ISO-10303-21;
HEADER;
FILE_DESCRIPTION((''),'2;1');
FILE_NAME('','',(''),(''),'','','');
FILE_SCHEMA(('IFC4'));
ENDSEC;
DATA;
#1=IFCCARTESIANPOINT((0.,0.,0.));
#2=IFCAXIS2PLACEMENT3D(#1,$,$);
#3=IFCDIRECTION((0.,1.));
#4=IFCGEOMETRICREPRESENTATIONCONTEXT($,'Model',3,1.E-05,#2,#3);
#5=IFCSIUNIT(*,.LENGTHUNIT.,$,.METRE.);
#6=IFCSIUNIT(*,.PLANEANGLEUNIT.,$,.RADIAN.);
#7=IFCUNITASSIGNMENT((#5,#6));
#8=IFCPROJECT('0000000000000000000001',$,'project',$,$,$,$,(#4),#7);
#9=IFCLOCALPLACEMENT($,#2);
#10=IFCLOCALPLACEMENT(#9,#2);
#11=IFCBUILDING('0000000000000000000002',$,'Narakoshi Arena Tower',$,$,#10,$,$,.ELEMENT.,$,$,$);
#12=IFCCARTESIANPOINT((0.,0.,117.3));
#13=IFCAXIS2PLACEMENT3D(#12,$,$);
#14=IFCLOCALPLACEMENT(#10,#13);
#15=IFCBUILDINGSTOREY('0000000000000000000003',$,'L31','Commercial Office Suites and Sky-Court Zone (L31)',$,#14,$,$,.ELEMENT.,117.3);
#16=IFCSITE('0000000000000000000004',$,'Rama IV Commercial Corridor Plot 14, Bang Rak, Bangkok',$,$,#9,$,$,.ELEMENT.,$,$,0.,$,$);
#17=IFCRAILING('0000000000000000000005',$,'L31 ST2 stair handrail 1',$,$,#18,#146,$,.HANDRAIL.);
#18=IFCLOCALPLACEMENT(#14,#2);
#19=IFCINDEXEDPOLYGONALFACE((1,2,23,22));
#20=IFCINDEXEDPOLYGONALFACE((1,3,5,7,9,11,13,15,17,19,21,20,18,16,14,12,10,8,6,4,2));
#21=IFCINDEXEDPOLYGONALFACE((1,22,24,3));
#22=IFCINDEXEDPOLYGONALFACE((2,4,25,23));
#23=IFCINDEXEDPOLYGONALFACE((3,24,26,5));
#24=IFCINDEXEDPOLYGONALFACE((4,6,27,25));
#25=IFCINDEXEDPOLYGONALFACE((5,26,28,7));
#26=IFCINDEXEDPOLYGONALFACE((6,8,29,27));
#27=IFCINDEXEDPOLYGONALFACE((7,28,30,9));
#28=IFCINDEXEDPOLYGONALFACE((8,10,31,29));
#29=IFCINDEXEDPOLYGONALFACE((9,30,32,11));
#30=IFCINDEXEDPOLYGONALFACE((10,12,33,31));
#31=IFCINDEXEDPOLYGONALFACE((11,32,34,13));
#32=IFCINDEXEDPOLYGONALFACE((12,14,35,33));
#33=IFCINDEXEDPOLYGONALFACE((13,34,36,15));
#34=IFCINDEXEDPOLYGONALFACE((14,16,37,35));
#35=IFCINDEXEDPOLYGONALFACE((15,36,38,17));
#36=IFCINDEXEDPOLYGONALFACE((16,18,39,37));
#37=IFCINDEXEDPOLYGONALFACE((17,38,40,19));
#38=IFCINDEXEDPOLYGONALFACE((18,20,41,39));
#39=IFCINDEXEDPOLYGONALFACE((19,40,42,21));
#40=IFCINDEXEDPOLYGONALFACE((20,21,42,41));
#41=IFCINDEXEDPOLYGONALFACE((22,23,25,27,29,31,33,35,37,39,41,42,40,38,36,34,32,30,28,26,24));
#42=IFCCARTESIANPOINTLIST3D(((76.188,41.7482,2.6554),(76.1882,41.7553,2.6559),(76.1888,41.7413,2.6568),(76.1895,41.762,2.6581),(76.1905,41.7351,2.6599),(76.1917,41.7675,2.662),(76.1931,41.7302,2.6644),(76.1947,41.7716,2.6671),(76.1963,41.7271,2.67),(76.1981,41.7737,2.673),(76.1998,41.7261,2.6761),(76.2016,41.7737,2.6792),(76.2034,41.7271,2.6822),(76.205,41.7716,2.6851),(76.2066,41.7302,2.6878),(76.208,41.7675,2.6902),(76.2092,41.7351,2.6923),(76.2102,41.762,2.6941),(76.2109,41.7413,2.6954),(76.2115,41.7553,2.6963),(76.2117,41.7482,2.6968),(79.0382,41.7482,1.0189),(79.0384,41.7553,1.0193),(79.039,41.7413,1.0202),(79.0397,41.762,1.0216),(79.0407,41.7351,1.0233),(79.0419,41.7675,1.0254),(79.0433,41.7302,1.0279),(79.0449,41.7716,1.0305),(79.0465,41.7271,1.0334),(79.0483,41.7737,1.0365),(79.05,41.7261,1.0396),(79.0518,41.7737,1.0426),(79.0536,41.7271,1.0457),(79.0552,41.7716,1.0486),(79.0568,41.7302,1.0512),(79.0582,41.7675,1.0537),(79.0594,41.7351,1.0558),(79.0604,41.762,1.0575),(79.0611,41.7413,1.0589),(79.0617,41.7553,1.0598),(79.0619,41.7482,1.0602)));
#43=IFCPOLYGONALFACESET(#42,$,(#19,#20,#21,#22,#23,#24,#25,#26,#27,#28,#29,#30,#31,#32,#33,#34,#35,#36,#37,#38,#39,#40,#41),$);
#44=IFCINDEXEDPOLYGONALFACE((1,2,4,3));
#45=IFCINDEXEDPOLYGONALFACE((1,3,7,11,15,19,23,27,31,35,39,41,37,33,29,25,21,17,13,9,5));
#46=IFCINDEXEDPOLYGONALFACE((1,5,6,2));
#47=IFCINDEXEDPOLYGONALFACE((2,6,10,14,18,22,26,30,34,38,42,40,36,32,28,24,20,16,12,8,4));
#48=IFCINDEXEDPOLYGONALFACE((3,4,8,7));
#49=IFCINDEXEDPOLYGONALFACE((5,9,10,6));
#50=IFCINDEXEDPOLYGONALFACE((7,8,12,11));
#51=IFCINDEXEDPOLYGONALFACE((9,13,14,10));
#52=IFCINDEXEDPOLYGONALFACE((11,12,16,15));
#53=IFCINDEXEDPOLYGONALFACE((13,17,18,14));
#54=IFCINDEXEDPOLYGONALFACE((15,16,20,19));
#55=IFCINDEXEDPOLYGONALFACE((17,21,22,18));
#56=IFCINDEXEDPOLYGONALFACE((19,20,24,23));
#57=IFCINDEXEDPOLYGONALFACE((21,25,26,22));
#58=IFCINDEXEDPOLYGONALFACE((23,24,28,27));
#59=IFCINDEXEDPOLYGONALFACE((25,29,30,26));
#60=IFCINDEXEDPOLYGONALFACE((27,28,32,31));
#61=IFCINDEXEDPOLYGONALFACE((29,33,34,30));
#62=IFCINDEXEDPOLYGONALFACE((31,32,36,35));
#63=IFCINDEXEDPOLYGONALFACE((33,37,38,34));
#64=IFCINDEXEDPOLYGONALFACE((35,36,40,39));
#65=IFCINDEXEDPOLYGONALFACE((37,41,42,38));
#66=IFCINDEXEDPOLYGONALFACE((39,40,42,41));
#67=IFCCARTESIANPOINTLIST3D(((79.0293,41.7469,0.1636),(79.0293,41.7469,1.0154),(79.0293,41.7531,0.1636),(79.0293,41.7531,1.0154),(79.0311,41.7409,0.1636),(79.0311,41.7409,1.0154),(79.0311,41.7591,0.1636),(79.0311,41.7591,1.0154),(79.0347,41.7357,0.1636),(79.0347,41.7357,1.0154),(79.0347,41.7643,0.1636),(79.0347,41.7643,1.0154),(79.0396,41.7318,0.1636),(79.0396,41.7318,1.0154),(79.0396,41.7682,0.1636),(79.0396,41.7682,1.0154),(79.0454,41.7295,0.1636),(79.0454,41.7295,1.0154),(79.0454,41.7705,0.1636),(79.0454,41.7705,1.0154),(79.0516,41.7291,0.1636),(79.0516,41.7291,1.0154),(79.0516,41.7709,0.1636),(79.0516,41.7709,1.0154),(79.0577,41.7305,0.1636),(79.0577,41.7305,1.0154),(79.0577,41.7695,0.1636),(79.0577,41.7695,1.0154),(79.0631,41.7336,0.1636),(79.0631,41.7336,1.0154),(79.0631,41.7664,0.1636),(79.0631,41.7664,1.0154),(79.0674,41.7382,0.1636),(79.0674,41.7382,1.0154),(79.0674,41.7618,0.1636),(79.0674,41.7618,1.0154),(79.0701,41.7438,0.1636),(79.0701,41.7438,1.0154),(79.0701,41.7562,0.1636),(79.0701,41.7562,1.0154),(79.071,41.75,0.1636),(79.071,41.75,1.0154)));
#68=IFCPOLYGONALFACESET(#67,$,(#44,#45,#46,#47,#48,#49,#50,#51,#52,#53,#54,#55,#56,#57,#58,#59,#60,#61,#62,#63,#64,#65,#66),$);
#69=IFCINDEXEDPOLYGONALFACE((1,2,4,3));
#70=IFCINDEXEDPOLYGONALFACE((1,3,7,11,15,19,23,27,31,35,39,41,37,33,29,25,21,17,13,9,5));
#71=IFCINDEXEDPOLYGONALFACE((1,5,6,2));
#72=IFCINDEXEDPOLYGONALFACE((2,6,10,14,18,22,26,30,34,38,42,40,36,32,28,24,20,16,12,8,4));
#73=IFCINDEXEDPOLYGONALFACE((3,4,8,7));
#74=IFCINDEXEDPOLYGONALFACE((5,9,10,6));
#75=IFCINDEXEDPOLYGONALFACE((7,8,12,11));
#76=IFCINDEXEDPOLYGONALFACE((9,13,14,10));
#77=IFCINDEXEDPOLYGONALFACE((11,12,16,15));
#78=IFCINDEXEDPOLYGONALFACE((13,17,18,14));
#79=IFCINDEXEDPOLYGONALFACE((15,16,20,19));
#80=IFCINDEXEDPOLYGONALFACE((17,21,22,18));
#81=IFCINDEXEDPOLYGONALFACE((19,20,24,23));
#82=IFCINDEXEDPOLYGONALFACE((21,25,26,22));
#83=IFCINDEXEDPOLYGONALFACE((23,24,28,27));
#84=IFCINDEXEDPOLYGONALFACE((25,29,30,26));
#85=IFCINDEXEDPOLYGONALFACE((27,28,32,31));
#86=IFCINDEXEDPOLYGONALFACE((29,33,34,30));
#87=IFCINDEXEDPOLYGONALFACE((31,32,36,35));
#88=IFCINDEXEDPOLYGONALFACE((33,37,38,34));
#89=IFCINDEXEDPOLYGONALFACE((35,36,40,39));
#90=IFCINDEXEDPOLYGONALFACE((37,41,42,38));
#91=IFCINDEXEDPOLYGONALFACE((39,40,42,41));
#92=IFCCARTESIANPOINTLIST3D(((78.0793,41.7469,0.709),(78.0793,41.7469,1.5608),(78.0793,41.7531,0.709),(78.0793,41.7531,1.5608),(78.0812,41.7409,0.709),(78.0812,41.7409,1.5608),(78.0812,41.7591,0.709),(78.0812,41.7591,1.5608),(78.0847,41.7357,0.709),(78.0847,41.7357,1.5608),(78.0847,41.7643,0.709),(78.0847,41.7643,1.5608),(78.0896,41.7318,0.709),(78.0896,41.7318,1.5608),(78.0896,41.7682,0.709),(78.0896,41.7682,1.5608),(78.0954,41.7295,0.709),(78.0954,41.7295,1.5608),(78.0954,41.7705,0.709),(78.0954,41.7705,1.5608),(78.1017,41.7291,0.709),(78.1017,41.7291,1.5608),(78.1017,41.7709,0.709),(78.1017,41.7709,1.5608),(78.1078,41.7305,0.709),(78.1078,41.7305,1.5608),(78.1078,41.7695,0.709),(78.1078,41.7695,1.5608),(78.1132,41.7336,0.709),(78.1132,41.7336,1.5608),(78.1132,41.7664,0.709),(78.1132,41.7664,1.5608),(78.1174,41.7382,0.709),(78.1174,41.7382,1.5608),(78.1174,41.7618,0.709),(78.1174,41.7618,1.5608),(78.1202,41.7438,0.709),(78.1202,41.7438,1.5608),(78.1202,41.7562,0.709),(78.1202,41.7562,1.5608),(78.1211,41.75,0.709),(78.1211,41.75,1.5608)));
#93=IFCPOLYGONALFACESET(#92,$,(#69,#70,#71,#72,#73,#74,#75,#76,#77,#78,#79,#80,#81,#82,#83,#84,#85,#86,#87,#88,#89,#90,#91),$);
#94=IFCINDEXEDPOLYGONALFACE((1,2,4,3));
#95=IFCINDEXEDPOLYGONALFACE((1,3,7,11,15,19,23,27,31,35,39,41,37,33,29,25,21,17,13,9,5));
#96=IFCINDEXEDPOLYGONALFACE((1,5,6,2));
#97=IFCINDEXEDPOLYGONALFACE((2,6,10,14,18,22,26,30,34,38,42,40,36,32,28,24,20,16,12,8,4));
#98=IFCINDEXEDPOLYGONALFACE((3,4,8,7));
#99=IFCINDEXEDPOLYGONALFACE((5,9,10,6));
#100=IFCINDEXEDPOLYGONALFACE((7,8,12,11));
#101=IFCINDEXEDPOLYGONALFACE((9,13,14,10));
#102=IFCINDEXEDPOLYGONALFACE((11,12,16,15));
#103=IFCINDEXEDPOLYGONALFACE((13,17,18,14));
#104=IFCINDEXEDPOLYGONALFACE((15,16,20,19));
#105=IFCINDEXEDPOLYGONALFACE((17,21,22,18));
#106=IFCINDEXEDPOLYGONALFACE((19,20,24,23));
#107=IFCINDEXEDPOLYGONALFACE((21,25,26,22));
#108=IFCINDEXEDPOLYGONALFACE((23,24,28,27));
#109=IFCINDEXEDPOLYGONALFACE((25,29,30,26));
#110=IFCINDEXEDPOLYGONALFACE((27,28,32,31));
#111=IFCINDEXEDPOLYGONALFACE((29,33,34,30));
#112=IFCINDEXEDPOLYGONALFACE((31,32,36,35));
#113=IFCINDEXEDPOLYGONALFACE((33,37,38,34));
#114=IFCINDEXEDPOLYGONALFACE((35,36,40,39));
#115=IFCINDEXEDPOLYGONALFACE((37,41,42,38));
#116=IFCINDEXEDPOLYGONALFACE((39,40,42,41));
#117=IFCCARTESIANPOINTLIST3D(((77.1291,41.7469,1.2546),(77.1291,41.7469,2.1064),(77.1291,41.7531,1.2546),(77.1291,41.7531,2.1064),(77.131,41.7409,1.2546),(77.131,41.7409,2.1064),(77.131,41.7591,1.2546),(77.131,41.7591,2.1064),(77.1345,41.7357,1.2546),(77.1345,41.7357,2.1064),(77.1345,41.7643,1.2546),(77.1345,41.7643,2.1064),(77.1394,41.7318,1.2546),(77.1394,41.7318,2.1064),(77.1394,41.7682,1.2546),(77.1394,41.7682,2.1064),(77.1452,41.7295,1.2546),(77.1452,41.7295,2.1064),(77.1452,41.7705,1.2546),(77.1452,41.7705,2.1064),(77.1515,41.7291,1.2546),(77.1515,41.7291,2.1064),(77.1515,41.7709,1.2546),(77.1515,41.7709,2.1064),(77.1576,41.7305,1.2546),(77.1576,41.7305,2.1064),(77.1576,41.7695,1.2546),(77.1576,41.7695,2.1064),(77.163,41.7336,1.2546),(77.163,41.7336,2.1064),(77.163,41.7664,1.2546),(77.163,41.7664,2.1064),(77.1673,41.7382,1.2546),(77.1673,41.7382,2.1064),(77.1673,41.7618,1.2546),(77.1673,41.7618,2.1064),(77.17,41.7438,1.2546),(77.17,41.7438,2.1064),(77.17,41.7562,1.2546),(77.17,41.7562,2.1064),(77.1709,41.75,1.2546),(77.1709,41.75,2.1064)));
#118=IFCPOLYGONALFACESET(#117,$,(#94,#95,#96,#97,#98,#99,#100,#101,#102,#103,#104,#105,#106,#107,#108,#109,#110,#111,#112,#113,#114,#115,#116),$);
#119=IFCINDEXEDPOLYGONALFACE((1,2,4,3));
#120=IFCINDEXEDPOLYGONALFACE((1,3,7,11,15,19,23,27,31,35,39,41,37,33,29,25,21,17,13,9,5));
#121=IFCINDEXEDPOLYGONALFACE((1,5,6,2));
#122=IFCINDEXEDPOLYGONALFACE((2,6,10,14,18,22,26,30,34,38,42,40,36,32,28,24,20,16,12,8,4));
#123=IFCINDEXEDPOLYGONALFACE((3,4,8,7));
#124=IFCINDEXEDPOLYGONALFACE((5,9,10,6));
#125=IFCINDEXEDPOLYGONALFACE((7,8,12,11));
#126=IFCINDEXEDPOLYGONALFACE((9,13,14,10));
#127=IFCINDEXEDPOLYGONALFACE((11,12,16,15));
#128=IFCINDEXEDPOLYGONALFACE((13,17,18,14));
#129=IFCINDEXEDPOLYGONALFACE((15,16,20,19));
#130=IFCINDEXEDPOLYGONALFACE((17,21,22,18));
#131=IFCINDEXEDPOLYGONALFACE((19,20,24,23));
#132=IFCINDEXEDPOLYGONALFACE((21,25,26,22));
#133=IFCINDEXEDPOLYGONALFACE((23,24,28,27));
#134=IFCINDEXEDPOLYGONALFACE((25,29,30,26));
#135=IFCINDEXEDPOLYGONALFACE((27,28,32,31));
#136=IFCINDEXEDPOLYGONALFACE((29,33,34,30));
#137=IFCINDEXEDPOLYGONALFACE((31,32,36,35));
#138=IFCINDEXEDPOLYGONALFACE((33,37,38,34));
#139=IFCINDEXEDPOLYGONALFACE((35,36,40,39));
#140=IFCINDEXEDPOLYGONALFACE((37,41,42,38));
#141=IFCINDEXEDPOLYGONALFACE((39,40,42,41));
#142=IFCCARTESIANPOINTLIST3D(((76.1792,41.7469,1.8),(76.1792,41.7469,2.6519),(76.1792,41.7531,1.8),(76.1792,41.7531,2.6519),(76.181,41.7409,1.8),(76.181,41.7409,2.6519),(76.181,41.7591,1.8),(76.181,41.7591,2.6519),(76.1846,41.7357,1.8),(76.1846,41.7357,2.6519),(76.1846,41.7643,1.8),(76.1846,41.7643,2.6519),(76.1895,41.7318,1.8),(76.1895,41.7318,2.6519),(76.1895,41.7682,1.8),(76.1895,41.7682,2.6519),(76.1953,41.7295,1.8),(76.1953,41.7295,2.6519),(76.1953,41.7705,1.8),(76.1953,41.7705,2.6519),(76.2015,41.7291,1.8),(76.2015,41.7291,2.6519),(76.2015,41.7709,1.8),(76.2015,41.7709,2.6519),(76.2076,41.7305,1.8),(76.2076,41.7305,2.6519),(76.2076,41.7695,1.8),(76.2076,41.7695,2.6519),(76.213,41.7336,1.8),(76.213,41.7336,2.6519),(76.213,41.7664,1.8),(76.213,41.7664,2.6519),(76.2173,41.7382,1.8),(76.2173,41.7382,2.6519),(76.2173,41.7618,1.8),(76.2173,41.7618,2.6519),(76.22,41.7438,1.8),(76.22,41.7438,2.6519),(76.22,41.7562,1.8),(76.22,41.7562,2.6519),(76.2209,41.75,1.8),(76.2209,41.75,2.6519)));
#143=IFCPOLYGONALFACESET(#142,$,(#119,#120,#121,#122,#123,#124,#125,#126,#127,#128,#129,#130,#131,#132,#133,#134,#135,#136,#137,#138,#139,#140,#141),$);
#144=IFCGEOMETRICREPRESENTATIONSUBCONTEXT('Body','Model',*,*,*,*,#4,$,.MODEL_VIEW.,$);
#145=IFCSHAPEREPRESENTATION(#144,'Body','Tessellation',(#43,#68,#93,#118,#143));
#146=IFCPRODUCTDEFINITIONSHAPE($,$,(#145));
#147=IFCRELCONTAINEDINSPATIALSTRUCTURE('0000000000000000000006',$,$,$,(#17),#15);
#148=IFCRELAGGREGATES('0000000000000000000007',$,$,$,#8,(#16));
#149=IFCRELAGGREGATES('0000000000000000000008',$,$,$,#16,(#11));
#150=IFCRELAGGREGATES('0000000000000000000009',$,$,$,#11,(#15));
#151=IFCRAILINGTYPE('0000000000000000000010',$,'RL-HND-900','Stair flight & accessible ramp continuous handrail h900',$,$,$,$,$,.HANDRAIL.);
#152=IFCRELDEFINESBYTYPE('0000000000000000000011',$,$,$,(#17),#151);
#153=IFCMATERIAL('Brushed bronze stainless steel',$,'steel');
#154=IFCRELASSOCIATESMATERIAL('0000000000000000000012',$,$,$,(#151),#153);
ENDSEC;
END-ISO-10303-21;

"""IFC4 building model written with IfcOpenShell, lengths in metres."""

from ifc_helpers import new_model, si_unit, direction, frame, origin, origin_2d, place, context, subcontext, project, spatial, circle, extrude, material, type_object, element, save


model = new_model("IFC4")

# Units and contexts
model_context = context("Model", 3, precision=1e-05, world=origin(), true_north=direction((0.0, 1.0)))
body_context = subcontext(model_context, "Body", "Model", "MODEL_VIEW")
ifc_project = project(units=[si_unit("LENGTHUNIT", "METRE"), si_unit("PLANEANGLEUNIT", "RADIAN")], contexts=[model_context])

# Site, building, storey
site_placement = place(None, origin())
site = spatial("IfcSite", under=ifc_project, at=site_placement, Name="Rama IV Commercial Corridor Plot 14, Bang Rak, Bangkok", CompositionType="ELEMENT", RefElevation=0.0)
building_placement = place(site_placement, origin())
building = spatial("IfcBuilding", under=site, at=building_placement, Name="Narakoshi Arena Tower", CompositionType="ELEMENT")
storey_placement = place(building_placement, frame((0.0, 0.0, 117.3)))
storey = spatial("IfcBuildingStorey", under=building, at=storey_placement, Name="L31", Description="Commercial Office Suites and Sky-Court Zone (L31)", CompositionType="ELEMENT", Elevation=117.3)

# Shared definitions
ifc_material_1 = material(Name="Brushed bronze stainless steel", Category="steel")

# Railing
railing_type_1 = type_object("IfcRailingType", Name="RL-HND-900", Description="Stair flight & accessible ramp continuous handrail h900", PredefinedType="HANDRAIL", material=ifc_material_1)
railing_1_placement = place(storey_placement, frame((79.05, 41.75, 0.1636)))
element("IfcRailing", 1, at=railing_1_placement, inside=storey, type_object=railing_type_1, Name="L31 ST2 stair handrail 1", PredefinedType="HANDRAIL", context=body_context, shape_type="SweptSolid", body=[
    extrude(circle(Radius=0.0239, at=origin_2d()), frame((0.0, 0.0, 0.876), z_axis=(-0.867213, 0.0, 0.497938), x_axis=(0.0, -1.0, 0.0)), (0.0, 0.0, 1.0), 3.2866),
    extrude(circle(Radius=0.021, at=origin_2d()), origin(), (0.0, 0.0, 1.0), 0.8518),
    extrude(circle(Radius=0.021, at=origin_2d()), frame((-0.95, 0.0, 0.5454)), (0.0, 0.0, 1.0), 0.8518),
    extrude(circle(Radius=0.021, at=origin_2d()), frame((-1.9001, 0.0, 1.0911)), (0.0, 0.0, 1.0), 0.8518),
    extrude(circle(Radius=0.021, at=origin_2d()), frame((-2.8501, 0.0, 1.6365)), (0.0, 0.0, 1.0), 0.8518),
])

save(model, "model.ifc")
